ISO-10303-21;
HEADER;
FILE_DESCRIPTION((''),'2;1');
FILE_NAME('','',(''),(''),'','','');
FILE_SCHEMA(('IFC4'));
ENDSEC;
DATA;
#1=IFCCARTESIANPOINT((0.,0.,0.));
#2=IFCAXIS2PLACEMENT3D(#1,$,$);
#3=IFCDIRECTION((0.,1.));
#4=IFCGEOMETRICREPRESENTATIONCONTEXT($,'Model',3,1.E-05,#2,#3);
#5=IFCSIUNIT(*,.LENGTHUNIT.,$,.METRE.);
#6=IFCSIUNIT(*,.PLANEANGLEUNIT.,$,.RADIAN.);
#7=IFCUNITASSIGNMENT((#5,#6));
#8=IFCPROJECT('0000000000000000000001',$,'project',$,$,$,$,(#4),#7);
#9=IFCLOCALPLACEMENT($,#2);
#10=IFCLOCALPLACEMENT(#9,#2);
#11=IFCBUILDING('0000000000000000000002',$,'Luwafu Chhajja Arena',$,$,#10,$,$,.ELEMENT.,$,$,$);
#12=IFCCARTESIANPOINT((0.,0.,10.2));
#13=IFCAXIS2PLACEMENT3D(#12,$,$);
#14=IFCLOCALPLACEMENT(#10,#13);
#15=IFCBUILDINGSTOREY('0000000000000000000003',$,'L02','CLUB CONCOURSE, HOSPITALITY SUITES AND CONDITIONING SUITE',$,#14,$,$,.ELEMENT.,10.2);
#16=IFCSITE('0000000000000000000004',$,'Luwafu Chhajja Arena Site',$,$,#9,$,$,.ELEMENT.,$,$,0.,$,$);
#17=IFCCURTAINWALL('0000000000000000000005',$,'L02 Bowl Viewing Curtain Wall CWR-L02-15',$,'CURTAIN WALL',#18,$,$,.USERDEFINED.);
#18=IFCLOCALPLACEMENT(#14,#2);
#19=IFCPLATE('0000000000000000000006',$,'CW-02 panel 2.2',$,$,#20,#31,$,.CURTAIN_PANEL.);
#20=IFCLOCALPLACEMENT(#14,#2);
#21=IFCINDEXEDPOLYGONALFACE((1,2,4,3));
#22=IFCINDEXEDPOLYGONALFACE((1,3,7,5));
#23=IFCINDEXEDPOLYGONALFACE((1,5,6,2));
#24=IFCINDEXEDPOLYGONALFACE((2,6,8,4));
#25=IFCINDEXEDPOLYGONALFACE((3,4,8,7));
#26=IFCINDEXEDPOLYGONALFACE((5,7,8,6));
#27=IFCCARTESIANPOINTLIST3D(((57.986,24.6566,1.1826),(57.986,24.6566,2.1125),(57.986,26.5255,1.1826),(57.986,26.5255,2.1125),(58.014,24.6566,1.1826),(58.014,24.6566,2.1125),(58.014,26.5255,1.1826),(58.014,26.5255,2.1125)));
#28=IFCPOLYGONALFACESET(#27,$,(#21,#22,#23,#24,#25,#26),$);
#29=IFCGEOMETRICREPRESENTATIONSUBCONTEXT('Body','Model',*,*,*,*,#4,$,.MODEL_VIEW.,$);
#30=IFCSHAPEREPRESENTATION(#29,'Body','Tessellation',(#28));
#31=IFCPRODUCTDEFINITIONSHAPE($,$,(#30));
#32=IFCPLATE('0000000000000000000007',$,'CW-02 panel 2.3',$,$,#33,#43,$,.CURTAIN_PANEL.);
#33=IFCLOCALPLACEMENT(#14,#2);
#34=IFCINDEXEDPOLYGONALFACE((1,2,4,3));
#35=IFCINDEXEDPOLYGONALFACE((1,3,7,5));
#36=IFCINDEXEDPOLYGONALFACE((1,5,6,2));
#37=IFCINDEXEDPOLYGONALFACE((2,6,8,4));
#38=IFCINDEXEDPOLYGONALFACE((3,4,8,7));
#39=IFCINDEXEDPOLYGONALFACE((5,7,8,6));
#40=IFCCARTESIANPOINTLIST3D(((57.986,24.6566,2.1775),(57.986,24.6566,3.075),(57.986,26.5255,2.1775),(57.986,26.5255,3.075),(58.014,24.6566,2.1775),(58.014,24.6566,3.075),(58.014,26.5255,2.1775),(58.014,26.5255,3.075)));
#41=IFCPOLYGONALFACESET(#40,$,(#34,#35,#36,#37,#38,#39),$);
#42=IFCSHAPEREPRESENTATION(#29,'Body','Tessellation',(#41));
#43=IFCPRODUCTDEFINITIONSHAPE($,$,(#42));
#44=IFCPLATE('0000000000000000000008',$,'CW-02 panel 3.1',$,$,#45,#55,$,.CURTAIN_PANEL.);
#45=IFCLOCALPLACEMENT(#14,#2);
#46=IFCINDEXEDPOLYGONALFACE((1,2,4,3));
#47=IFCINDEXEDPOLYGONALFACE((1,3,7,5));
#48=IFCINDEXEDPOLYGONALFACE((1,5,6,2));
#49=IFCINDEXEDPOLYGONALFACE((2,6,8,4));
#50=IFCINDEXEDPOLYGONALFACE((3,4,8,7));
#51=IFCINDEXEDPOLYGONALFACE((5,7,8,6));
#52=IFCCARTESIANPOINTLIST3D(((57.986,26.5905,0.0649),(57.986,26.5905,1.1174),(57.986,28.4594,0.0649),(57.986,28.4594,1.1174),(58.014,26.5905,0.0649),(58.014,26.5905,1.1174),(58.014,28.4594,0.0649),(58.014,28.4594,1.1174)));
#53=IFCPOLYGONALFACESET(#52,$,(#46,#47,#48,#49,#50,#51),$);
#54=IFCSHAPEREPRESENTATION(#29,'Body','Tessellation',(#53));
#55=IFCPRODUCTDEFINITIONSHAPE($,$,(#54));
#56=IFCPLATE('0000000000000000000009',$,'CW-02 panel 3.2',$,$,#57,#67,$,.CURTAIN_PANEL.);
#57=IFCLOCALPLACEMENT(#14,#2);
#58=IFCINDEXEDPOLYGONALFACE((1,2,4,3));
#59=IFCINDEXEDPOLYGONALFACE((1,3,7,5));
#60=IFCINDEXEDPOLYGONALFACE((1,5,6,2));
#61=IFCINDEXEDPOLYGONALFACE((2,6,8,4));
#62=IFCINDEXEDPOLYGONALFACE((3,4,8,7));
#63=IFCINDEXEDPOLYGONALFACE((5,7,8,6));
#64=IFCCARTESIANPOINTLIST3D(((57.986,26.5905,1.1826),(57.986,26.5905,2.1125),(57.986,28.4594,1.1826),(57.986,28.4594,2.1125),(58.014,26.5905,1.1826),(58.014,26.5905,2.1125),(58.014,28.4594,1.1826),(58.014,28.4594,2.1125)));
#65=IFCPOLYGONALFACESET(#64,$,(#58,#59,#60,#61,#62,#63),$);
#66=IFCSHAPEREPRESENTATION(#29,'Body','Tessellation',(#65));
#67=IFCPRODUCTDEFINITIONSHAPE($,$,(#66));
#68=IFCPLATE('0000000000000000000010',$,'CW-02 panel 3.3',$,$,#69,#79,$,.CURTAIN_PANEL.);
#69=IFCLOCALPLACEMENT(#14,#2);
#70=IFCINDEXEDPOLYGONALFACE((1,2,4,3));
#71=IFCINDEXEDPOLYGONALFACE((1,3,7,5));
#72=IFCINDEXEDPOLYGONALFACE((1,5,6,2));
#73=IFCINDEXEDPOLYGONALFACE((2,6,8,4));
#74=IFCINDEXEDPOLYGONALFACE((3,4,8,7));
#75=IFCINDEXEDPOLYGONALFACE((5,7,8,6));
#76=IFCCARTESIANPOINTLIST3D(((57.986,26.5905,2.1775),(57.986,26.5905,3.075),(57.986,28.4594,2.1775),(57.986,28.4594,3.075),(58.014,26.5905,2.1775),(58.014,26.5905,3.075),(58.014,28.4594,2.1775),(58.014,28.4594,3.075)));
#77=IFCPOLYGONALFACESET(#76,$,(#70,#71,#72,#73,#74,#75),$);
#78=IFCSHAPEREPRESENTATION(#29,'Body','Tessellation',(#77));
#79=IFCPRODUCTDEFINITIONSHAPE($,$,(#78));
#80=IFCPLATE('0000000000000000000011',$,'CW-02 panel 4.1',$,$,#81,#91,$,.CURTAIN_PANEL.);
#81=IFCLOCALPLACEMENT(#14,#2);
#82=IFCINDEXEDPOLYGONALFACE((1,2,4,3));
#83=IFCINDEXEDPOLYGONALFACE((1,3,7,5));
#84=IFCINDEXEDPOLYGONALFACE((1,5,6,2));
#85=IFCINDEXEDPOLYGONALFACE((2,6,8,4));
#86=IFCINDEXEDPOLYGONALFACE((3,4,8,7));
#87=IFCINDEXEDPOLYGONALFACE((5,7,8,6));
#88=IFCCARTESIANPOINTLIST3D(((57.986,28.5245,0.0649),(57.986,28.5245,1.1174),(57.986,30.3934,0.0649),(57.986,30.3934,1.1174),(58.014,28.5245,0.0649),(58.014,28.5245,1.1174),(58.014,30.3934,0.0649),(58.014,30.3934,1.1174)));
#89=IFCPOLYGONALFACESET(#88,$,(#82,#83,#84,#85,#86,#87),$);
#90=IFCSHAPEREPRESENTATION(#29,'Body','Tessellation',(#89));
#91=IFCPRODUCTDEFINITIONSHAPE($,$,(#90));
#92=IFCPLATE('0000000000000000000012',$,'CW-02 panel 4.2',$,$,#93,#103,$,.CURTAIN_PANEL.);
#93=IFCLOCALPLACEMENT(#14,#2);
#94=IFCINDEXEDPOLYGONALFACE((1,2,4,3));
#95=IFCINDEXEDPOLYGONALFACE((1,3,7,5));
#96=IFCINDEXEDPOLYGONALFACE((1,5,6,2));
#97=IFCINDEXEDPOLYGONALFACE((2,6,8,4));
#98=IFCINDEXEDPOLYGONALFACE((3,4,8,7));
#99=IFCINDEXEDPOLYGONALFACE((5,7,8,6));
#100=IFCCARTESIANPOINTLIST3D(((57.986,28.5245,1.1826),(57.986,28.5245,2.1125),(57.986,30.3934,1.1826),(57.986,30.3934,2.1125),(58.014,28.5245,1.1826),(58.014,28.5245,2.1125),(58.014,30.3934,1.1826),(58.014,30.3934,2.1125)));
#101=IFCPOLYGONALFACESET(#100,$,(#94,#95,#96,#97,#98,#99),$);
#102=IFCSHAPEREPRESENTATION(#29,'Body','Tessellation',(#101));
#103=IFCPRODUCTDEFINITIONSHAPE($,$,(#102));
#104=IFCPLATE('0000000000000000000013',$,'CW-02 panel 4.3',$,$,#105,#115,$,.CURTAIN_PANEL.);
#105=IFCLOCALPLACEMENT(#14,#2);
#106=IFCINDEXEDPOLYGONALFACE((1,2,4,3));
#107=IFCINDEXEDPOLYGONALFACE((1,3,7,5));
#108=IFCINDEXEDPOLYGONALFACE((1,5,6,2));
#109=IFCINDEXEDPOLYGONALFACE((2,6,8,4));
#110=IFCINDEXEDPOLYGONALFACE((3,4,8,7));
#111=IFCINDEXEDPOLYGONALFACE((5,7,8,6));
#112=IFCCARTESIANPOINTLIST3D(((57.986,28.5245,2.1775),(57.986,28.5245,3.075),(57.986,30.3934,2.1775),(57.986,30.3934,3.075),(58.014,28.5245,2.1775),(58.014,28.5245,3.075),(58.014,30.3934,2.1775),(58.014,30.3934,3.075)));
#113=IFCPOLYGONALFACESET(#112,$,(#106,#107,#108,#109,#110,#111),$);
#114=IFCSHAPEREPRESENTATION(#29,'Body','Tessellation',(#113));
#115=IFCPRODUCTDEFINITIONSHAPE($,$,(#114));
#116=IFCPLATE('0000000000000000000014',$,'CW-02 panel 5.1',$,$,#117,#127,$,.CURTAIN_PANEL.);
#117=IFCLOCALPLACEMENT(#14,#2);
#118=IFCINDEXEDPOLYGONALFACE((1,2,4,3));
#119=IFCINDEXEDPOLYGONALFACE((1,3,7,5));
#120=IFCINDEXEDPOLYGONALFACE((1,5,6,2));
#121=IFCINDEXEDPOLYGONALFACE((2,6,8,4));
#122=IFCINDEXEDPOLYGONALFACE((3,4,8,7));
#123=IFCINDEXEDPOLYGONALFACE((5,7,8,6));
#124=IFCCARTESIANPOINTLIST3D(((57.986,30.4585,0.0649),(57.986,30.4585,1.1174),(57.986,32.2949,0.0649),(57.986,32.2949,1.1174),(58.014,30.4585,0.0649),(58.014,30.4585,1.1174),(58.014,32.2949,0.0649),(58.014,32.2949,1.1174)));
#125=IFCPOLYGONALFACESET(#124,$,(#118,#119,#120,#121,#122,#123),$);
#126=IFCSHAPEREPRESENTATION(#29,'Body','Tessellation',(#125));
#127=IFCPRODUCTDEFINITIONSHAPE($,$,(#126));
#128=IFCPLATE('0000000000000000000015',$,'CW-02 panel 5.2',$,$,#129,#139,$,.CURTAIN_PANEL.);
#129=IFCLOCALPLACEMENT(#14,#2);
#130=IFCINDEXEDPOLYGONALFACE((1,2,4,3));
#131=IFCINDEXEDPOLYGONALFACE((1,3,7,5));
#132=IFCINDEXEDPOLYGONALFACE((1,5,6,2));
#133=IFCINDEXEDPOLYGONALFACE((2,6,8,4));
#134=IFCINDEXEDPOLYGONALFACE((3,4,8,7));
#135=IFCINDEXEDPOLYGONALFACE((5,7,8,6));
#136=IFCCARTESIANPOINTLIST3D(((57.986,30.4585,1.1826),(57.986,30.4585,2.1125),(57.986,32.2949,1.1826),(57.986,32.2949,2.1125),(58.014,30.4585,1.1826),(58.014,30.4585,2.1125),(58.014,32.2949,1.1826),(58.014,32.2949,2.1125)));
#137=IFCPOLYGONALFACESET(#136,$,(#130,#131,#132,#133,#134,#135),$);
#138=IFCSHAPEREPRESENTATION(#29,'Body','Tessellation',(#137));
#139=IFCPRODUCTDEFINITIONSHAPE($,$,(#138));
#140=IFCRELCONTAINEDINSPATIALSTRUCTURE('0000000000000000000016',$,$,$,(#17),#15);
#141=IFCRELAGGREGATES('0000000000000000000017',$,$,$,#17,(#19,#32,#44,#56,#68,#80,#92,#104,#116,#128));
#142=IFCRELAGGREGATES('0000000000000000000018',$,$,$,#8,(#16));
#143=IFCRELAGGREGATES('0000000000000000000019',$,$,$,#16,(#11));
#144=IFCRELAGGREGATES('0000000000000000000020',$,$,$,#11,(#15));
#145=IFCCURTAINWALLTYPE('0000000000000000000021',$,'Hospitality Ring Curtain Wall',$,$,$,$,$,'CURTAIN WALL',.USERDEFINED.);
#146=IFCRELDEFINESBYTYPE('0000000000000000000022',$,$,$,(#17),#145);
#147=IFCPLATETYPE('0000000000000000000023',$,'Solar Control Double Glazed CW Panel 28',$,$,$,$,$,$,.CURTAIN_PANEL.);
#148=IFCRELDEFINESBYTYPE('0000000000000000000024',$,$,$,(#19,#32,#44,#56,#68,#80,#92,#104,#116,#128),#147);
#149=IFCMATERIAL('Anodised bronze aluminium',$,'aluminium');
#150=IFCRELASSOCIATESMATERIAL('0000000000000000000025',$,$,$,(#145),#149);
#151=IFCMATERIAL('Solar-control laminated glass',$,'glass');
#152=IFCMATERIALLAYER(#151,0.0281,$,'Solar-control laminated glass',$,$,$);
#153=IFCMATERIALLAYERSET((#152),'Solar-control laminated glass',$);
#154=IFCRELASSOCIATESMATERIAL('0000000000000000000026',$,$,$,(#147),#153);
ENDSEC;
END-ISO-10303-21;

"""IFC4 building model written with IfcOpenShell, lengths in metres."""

from ifc_helpers import new_model, si_unit, direction, frame, origin, origin_2d, place, context, subcontext, project, spatial, rectangle, extrude, material, layer, layer_set, type_object, element, aggregate, save


model = new_model("IFC4")

# Units and contexts
model_context = context("Model", 3, precision=1e-05, world=origin(), true_north=direction((0.0, 1.0)))
body_context = subcontext(model_context, "Body", "Model", "MODEL_VIEW")
ifc_project = project(units=[si_unit("LENGTHUNIT", "METRE"), si_unit("PLANEANGLEUNIT", "RADIAN")], contexts=[model_context])

# Site, building, storey
site_placement = place(None, origin())
site = spatial("IfcSite", under=ifc_project, at=site_placement, Name="Luwafu Chhajja Arena Site", CompositionType="ELEMENT", RefElevation=0.0)
building_placement = place(site_placement, origin())
building = spatial("IfcBuilding", under=site, at=building_placement, Name="Luwafu Chhajja Arena", CompositionType="ELEMENT")
storey_placement = place(building_placement, frame((0.0, 0.0, 10.2)))
storey = spatial("IfcBuildingStorey", under=building, at=storey_placement, Name="L02", Description="CLUB CONCOURSE, HOSPITALITY SUITES AND CONDITIONING SUITE", CompositionType="ELEMENT", Elevation=10.2)

# Curtain wall, plates
ifc_material_1 = material(Name="Anodised bronze aluminium", Category="aluminium")
curtain_wall_type = type_object("IfcCurtainWallType", Name="Hospitality Ring Curtain Wall", ElementType="CURTAIN WALL", PredefinedType="USERDEFINED", material=ifc_material_1)
curtain_wall_placement = place(storey_placement, origin())
curtain_wall = element("IfcCurtainWall", 1, at=curtain_wall_placement, inside=storey, type_object=curtain_wall_type, Name="L02 Bowl Viewing Curtain Wall CWR-L02-15", ObjectType="CURTAIN WALL", PredefinedType="USERDEFINED")
ifc_material_2 = material(Name="Solar-control laminated glass", Category="glass")
ifc_layer = layer(ifc_material_2, 0.0281, Name="Solar-control laminated glass")
ifc_layer_set = layer_set([ifc_layer], Name="Solar-control laminated glass")
plate_type = type_object("IfcPlateType", Name="Solar Control Double Glazed CW Panel 28", PredefinedType="CURTAIN_PANEL", material=ifc_layer_set)
plate_1_placement = place(storey_placement, frame((58.0, 25.5911, 1.1826), z_axis=(0.0, 0.0, 1.0), x_axis=(0.0, 1.0, 0.0)))
plate_1 = element("IfcPlate", 2, at=plate_1_placement, type_object=plate_type, Name="CW-02 panel 2.2", PredefinedType="CURTAIN_PANEL", context=body_context, shape_type="SweptSolid", body=[
    extrude(rectangle(XDim=1.8689, YDim=0.0281, at=origin_2d()), origin(), (0.0, 0.0, 1.0), 0.9299),
])
plate_2_placement = place(storey_placement, frame((58.0, 25.5911, 2.1775), z_axis=(0.0, 0.0, 1.0), x_axis=(0.0, 1.0, 0.0)))
plate_2 = element("IfcPlate", 3, at=plate_2_placement, type_object=plate_type, Name="CW-02 panel 2.3", PredefinedType="CURTAIN_PANEL", context=body_context, shape_type="SweptSolid", body=[
    extrude(rectangle(XDim=1.8689, YDim=0.0281, at=origin_2d()), origin(), (0.0, 0.0, 1.0), 0.8975),
])
plate_3_placement = place(storey_placement, frame((58.0, 27.5249, 0.0649), z_axis=(0.0, 0.0, 1.0), x_axis=(0.0, 1.0, 0.0)))
plate_3 = element("IfcPlate", 4, at=plate_3_placement, type_object=plate_type, Name="CW-02 panel 3.1", PredefinedType="CURTAIN_PANEL", context=body_context, shape_type="SweptSolid", body=[
    extrude(rectangle(XDim=1.8689, YDim=0.0281, at=origin_2d()), origin(), (0.0, 0.0, 1.0), 1.0525),
])
plate_4_placement = place(storey_placement, frame((58.0, 27.5249, 1.1826), z_axis=(0.0, 0.0, 1.0), x_axis=(0.0, 1.0, 0.0)))
plate_4 = element("IfcPlate", 5, at=plate_4_placement, type_object=plate_type, Name="CW-02 panel 3.2", PredefinedType="CURTAIN_PANEL", context=body_context, shape_type="SweptSolid", body=[
    extrude(rectangle(XDim=1.8689, YDim=0.0281, at=origin_2d()), origin(), (0.0, 0.0, 1.0), 0.9299),
])
plate_5_placement = place(storey_placement, frame((58.0, 27.5249, 2.1775), z_axis=(0.0, 0.0, 1.0), x_axis=(0.0, 1.0, 0.0)))
plate_5 = element("IfcPlate", 6, at=plate_5_placement, type_object=plate_type, Name="CW-02 panel 3.3", PredefinedType="CURTAIN_PANEL", context=body_context, shape_type="SweptSolid", body=[
    extrude(rectangle(XDim=1.8689, YDim=0.0281, at=origin_2d()), origin(), (0.0, 0.0, 1.0), 0.8975),
])
plate_6_placement = place(storey_placement, frame((58.0, 29.459, 0.0649), z_axis=(0.0, 0.0, 1.0), x_axis=(0.0, 1.0, 0.0)))
plate_6 = element("IfcPlate", 7, at=plate_6_placement, type_object=plate_type, Name="CW-02 panel 4.1", PredefinedType="CURTAIN_PANEL", context=body_context, shape_type="SweptSolid", body=[
    extrude(rectangle(XDim=1.8689, YDim=0.0281, at=origin_2d()), origin(), (0.0, 0.0, 1.0), 1.0525),
])
plate_7_placement = place(storey_placement, frame((58.0, 29.459, 1.1826), z_axis=(0.0, 0.0, 1.0), x_axis=(0.0, 1.0, 0.0)))
plate_7 = element("IfcPlate", 8, at=plate_7_placement, type_object=plate_type, Name="CW-02 panel 4.2", PredefinedType="CURTAIN_PANEL", context=body_context, shape_type="SweptSolid", body=[
    extrude(rectangle(XDim=1.8689, YDim=0.0281, at=origin_2d()), origin(), (0.0, 0.0, 1.0), 0.9299),
])
plate_8_placement = place(storey_placement, frame((58.0, 29.459, 2.1775), z_axis=(0.0, 0.0, 1.0), x_axis=(0.0, 1.0, 0.0)))
plate_8 = element("IfcPlate", 9, at=plate_8_placement, type_object=plate_type, Name="CW-02 panel 4.3", PredefinedType="CURTAIN_PANEL", context=body_context, shape_type="SweptSolid", body=[
    extrude(rectangle(XDim=1.8689, YDim=0.0281, at=origin_2d()), origin(), (0.0, 0.0, 1.0), 0.8975),
])
plate_9_placement = place(storey_placement, frame((58.0, 31.3767, 0.0649), z_axis=(0.0, 0.0, 1.0), x_axis=(0.0, 1.0, 0.0)))
plate_9 = element("IfcPlate", 10, at=plate_9_placement, type_object=plate_type, Name="CW-02 panel 5.1", PredefinedType="CURTAIN_PANEL", context=body_context, shape_type="SweptSolid", body=[
    extrude(rectangle(XDim=1.8364, YDim=0.0281, at=origin_2d()), origin(), (0.0, 0.0, 1.0), 1.0525),
])
plate_10_placement = place(storey_placement, frame((58.0, 31.3767, 1.1826), z_axis=(0.0, 0.0, 1.0), x_axis=(0.0, 1.0, 0.0)))
plate_10 = element("IfcPlate", 11, at=plate_10_placement, type_object=plate_type, Name="CW-02 panel 5.2", PredefinedType="CURTAIN_PANEL", context=body_context, shape_type="SweptSolid", body=[
    extrude(rectangle(XDim=1.8364, YDim=0.0281, at=origin_2d()), origin(), (0.0, 0.0, 1.0), 0.9299),
])
aggregate(curtain_wall, [plate_1, plate_2, plate_3, plate_4, plate_5, plate_6, plate_7, plate_8, plate_9, plate_10])

save(model, "model.ifc")
